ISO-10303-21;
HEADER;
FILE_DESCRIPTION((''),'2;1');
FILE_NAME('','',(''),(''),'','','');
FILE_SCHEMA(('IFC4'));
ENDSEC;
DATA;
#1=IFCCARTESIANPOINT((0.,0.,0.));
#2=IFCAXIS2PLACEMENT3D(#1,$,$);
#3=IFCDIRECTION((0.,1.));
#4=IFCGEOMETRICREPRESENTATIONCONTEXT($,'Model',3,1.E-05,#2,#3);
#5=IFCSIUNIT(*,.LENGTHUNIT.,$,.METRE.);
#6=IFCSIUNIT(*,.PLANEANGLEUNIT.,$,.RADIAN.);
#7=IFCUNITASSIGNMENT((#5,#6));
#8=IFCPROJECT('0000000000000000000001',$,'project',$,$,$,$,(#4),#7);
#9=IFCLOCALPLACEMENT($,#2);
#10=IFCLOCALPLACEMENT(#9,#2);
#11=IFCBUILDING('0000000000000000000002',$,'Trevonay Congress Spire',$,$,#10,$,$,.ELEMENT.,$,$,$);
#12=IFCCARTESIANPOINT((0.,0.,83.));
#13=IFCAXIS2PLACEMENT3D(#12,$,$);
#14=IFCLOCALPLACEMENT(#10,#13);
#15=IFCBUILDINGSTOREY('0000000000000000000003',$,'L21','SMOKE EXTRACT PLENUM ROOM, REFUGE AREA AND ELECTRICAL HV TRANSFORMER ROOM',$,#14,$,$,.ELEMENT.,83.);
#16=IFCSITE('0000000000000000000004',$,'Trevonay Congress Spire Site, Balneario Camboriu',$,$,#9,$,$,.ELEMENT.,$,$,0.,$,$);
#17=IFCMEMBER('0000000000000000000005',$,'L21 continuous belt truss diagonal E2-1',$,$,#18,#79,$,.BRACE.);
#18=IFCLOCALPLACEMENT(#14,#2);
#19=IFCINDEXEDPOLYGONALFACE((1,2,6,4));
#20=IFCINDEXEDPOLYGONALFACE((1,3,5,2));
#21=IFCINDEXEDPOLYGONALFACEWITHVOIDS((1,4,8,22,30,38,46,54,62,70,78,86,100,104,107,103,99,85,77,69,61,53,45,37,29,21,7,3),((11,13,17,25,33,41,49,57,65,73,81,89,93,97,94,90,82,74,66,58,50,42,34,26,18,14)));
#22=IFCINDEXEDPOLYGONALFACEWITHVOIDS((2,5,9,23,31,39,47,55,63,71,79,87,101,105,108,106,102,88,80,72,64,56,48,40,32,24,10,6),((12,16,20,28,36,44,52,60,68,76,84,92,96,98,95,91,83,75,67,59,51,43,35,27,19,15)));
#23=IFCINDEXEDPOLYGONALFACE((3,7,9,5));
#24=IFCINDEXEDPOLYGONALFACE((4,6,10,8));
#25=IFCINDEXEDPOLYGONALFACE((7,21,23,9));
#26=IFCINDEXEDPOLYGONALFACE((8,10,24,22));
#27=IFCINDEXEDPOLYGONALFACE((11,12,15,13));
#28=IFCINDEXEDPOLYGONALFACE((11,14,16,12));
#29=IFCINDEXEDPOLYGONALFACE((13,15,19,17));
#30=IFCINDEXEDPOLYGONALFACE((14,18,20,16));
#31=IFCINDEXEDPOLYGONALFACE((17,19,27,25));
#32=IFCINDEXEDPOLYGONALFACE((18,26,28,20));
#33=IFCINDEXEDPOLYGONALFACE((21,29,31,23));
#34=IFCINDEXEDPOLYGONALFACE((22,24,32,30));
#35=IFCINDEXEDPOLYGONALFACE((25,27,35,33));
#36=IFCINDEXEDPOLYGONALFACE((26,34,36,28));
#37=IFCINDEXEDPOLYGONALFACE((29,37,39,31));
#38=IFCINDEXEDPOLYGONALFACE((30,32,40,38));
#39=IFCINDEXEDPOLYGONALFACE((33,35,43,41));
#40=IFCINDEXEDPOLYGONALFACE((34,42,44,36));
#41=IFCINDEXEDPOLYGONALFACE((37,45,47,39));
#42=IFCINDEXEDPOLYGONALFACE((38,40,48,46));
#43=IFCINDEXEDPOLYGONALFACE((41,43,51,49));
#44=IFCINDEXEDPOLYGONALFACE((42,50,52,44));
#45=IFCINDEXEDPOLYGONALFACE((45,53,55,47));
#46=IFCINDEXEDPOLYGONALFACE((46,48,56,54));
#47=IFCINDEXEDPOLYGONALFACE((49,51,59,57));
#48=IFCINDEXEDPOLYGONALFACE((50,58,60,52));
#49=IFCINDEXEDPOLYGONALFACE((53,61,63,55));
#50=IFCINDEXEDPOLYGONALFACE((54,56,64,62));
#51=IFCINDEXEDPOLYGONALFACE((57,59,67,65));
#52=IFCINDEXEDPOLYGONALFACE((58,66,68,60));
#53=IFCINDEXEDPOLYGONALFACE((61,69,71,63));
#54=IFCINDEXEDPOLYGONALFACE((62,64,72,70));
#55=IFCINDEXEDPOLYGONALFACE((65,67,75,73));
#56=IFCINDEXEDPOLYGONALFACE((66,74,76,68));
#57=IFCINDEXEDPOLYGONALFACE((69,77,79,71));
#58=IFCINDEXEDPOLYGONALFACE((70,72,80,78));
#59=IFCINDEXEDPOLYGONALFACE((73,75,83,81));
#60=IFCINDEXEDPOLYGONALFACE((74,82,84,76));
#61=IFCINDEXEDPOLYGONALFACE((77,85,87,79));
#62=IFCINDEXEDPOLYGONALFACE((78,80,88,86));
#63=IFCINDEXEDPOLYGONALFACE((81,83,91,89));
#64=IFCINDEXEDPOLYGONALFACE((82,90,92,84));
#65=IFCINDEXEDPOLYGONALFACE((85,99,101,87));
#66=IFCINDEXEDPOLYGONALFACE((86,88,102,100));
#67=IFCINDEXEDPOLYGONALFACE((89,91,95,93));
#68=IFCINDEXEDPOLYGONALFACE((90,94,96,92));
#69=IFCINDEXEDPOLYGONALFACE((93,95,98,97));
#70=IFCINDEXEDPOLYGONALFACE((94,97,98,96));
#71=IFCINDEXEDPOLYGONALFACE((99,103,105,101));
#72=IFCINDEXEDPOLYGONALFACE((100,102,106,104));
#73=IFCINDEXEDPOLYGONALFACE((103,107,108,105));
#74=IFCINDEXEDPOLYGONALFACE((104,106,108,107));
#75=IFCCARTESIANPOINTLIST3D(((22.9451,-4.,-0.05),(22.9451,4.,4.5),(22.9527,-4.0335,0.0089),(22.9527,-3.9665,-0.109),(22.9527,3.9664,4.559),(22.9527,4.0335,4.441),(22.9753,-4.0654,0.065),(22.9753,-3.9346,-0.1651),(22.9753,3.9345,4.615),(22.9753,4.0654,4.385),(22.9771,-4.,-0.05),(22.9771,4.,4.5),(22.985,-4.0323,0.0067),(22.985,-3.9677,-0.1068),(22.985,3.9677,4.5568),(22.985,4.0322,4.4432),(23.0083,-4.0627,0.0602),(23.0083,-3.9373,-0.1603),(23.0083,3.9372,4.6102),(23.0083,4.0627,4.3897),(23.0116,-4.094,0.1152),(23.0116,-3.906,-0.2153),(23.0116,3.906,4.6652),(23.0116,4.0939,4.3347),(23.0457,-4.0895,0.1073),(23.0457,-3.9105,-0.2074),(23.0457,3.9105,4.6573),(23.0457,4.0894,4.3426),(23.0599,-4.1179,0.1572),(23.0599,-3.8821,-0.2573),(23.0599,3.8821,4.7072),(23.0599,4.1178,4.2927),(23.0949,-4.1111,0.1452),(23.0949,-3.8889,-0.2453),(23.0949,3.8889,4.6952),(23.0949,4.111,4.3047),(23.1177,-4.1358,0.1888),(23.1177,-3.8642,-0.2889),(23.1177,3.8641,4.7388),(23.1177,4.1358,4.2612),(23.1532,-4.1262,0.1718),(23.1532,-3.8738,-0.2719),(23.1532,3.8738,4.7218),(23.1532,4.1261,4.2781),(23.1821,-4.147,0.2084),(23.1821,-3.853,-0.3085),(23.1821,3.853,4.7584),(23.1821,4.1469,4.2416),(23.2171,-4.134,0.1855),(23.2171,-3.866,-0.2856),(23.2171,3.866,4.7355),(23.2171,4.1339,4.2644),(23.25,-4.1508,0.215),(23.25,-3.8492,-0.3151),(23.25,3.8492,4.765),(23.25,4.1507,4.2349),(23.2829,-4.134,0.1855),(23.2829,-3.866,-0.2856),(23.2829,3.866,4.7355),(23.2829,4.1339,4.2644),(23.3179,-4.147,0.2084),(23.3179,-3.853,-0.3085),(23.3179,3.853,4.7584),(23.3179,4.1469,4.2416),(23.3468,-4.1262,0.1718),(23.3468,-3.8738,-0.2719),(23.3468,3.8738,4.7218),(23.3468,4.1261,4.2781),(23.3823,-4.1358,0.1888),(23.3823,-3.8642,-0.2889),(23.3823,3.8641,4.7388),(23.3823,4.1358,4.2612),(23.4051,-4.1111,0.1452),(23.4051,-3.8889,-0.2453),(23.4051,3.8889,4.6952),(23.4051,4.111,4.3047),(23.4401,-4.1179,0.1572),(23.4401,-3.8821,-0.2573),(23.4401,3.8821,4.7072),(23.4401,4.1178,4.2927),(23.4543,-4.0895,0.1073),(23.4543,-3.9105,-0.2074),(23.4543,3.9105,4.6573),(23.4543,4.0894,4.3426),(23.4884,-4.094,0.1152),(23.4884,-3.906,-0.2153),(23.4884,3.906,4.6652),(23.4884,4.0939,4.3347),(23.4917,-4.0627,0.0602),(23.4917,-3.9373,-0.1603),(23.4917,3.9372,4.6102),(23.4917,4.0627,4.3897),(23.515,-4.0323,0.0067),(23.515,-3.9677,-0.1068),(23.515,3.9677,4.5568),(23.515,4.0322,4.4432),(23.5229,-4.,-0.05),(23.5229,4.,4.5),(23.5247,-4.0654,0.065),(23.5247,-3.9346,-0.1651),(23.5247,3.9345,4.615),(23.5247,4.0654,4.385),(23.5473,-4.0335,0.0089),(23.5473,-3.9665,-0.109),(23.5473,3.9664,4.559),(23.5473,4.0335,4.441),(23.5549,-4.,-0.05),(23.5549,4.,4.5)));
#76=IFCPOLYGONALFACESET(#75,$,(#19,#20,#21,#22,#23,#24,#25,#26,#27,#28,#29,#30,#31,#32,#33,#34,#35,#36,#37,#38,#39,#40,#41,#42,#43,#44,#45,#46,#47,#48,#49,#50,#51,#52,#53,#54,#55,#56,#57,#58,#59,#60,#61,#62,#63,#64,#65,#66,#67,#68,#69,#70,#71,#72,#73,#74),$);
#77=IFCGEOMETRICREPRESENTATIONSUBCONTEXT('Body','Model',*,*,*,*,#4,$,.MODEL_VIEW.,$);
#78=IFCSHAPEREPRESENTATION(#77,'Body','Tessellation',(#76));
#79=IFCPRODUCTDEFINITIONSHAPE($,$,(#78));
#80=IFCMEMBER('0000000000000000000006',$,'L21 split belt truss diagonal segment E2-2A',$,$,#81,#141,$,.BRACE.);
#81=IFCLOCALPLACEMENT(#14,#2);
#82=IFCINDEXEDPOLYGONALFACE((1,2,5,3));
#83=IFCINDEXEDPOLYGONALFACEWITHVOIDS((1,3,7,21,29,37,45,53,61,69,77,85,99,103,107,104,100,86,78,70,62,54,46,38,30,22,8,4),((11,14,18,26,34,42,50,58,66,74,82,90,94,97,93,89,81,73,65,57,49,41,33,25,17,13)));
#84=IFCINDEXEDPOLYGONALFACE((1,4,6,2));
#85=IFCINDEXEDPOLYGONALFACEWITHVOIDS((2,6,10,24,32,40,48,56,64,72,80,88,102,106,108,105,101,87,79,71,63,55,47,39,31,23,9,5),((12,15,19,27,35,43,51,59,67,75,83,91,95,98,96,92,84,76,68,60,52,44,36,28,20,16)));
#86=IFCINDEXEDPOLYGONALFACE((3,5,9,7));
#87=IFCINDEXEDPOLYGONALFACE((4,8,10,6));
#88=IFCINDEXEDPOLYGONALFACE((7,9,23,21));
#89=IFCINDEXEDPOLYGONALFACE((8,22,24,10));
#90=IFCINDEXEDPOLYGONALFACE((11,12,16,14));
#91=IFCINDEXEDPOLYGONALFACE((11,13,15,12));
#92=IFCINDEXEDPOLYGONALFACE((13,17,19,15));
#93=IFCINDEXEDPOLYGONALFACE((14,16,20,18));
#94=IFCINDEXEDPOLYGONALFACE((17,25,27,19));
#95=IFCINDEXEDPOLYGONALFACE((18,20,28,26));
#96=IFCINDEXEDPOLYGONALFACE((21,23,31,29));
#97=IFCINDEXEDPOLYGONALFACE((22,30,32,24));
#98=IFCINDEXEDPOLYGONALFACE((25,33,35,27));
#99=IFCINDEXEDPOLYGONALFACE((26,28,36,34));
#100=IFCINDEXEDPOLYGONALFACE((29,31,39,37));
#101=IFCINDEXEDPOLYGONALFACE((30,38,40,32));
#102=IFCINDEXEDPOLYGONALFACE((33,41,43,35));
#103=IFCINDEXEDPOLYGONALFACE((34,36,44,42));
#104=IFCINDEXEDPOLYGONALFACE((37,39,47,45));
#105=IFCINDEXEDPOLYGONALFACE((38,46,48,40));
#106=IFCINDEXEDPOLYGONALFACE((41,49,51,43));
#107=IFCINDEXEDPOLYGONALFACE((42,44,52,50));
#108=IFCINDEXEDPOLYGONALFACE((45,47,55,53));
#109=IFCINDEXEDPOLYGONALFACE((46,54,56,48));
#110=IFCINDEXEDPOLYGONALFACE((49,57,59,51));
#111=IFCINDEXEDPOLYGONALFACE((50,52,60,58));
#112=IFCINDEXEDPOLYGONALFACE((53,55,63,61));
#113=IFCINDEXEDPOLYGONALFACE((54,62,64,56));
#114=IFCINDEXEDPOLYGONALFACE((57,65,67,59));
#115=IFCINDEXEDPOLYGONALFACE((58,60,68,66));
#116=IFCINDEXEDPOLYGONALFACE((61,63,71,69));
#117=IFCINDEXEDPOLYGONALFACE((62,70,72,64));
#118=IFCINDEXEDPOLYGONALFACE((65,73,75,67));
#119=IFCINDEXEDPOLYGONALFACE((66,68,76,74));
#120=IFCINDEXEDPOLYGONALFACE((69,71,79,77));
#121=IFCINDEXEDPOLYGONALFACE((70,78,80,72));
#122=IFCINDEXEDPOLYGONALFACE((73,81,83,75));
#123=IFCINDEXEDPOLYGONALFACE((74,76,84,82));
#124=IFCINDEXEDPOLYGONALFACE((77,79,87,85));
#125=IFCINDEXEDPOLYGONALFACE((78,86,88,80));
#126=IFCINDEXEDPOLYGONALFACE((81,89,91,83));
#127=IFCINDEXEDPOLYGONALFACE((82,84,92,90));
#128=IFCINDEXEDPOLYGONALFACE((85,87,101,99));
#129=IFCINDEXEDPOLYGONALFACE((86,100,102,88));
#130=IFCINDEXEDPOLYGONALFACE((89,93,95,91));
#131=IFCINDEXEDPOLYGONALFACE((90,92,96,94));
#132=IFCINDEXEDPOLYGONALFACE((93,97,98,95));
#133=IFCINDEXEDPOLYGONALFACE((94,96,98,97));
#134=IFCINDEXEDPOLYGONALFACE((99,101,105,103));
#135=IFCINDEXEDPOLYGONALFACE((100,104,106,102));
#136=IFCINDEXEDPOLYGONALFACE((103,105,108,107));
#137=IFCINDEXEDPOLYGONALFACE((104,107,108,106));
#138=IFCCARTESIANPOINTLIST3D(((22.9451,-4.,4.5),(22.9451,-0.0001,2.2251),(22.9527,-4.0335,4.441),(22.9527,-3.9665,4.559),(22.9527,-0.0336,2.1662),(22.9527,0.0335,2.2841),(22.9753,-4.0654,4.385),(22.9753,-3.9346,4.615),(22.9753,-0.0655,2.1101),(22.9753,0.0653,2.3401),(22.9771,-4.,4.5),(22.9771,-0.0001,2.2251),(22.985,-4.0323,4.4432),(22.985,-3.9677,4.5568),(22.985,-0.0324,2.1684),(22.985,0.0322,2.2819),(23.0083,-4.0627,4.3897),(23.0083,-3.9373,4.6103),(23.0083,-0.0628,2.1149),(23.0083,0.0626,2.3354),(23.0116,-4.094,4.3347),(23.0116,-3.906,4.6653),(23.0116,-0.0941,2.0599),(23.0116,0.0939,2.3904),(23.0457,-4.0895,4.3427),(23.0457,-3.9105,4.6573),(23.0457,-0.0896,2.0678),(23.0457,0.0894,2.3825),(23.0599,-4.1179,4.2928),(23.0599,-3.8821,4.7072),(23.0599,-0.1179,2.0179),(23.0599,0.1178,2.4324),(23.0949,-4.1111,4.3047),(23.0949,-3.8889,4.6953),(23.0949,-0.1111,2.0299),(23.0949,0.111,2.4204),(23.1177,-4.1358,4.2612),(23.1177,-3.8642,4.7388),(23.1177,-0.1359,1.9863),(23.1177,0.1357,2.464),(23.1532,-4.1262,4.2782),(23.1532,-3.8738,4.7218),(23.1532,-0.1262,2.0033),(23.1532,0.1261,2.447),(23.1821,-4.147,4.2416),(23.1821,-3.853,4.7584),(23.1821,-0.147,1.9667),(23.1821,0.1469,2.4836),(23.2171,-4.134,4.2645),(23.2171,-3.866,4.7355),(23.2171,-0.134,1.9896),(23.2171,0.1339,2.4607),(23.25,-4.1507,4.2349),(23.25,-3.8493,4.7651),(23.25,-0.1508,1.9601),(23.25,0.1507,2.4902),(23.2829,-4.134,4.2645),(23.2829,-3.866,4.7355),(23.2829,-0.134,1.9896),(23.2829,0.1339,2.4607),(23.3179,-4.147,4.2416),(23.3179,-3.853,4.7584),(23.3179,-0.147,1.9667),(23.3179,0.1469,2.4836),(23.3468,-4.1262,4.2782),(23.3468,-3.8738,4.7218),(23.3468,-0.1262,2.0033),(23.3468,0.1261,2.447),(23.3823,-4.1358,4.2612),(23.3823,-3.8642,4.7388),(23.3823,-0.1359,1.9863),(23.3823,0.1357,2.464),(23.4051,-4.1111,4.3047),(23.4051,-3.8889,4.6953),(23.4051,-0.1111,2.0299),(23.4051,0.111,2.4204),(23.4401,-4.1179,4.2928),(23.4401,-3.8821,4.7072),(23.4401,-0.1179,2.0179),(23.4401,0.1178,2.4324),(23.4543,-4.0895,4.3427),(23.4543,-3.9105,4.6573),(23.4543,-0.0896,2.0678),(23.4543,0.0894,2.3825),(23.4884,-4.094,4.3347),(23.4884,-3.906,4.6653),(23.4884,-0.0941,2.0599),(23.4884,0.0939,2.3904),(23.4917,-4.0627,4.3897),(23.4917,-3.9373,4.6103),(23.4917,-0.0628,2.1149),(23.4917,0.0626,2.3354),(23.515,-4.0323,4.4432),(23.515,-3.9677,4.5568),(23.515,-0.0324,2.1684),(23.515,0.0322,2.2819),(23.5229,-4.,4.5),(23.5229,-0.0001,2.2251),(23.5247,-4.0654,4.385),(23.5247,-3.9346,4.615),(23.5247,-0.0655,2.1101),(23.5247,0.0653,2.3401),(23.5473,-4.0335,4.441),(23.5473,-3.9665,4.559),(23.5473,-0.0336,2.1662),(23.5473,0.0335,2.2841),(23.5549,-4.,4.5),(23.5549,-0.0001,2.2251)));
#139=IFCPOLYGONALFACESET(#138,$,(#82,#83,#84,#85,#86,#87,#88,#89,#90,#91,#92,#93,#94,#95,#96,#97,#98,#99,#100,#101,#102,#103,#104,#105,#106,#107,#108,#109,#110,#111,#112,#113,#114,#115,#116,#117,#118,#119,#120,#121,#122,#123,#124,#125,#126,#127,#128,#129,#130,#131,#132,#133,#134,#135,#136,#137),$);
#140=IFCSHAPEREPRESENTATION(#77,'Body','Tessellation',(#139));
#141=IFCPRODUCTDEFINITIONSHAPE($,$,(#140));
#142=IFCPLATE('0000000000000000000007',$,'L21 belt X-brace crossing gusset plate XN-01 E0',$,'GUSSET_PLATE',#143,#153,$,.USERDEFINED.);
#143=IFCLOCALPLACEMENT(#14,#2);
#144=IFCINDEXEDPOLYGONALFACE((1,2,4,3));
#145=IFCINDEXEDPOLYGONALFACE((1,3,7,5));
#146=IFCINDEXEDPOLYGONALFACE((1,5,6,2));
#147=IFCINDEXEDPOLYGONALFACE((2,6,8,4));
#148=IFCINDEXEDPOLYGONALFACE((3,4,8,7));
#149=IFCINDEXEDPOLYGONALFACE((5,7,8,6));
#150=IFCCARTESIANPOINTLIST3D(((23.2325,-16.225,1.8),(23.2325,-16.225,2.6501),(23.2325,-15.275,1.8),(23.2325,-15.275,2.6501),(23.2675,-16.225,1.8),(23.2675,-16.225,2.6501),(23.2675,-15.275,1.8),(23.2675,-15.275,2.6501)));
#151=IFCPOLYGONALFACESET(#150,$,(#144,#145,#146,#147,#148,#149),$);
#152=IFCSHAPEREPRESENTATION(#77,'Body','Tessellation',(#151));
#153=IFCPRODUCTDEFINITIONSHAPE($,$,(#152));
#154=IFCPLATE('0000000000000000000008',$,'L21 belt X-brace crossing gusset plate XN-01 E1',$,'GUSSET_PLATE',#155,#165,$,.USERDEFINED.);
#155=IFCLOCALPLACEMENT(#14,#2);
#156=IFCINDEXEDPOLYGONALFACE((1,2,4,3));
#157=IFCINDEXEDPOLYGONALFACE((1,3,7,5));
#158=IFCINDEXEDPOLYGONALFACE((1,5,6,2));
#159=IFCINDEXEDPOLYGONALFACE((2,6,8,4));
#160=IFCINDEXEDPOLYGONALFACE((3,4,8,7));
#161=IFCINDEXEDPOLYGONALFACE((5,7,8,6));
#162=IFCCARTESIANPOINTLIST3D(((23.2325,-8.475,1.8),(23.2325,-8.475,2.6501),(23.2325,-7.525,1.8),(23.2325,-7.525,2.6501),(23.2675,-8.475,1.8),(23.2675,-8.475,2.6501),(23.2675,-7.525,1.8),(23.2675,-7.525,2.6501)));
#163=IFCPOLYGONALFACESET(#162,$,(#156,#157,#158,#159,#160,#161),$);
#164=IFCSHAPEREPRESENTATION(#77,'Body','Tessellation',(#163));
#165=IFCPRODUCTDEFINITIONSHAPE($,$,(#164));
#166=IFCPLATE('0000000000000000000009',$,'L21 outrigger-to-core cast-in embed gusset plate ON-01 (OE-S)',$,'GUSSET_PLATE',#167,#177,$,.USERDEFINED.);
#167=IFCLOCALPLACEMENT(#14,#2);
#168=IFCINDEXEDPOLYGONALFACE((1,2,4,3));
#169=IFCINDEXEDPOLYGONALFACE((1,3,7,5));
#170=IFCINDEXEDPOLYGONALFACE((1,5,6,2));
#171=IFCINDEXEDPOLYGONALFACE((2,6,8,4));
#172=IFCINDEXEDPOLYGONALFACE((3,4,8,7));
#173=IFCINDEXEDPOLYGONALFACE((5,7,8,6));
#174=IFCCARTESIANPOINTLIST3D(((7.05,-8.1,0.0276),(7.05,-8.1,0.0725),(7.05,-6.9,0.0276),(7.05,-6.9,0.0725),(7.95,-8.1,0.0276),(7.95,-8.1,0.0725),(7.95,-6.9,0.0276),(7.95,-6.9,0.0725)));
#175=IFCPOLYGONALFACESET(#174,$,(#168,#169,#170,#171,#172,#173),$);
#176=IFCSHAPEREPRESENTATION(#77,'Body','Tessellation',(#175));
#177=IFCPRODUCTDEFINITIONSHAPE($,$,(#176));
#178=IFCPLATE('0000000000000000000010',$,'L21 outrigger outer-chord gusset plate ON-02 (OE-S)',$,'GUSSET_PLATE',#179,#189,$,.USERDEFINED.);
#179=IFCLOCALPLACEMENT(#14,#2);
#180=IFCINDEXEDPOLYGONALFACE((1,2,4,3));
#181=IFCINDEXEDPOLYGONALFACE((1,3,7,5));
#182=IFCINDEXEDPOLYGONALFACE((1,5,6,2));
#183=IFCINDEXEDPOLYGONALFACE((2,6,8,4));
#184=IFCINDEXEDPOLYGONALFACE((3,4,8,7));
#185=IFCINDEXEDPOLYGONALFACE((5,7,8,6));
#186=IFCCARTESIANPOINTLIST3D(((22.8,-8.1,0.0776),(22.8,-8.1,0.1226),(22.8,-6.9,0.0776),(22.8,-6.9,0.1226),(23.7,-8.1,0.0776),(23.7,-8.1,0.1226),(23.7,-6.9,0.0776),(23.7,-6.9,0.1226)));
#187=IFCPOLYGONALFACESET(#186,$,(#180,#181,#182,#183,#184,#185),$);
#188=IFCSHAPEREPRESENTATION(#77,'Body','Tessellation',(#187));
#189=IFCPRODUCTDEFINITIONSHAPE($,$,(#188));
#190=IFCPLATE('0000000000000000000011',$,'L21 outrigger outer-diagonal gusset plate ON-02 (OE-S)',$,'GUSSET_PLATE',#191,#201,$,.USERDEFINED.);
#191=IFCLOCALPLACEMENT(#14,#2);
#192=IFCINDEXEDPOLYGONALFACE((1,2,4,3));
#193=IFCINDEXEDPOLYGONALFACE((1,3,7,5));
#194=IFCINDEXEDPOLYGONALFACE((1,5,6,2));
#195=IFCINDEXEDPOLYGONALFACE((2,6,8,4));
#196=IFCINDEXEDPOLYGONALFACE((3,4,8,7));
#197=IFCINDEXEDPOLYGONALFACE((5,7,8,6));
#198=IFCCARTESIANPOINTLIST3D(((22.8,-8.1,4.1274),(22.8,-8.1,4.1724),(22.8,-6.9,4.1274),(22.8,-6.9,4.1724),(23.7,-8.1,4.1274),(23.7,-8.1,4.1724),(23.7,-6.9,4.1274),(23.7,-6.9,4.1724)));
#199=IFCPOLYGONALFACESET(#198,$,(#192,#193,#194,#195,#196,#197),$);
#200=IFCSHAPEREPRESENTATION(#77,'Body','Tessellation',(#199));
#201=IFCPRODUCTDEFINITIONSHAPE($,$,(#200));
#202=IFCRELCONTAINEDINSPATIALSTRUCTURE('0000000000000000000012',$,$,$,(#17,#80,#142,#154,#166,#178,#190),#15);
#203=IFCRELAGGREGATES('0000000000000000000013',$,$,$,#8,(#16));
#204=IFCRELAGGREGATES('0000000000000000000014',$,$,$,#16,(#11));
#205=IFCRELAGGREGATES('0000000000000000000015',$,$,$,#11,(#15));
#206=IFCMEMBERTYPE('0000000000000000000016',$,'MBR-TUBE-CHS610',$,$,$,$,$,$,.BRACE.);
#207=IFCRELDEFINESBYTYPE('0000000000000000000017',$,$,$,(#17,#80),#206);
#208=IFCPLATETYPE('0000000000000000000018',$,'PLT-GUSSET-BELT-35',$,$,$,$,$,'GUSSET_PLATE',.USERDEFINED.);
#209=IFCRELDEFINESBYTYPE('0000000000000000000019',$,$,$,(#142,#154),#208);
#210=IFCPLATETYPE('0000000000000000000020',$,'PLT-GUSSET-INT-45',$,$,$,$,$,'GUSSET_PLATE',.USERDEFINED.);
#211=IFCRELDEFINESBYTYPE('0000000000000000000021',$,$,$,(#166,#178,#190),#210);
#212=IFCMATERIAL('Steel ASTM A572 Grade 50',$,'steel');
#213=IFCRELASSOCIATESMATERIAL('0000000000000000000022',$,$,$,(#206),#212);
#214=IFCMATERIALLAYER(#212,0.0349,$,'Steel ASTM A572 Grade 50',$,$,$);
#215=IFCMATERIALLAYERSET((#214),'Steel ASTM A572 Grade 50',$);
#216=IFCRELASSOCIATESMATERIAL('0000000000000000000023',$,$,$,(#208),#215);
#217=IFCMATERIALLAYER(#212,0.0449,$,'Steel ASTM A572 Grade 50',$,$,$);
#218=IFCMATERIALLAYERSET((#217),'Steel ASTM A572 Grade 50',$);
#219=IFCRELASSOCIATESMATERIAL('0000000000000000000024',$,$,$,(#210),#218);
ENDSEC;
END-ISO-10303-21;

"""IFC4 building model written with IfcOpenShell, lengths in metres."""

from ifc_helpers import new_model, si_unit, direction, frame, origin, origin_2d, place, context, subcontext, project, spatial, rectangle, hollow_circle, extrude, material, layer, layer_set, material_profile, profile_set, type_object, element, save


model = new_model("IFC4")

# Units and contexts
model_context = context("Model", 3, precision=1e-05, world=origin(), true_north=direction((0.0, 1.0)))
body_context = subcontext(model_context, "Body", "Model", "MODEL_VIEW")
ifc_project = project(units=[si_unit("LENGTHUNIT", "METRE"), si_unit("PLANEANGLEUNIT", "RADIAN")], contexts=[model_context])

# Site, building, storey
site_placement = place(None, origin())
site = spatial("IfcSite", under=ifc_project, at=site_placement, Name="Trevonay Congress Spire Site, Balneario Camboriu", CompositionType="ELEMENT", RefElevation=0.0)
building_placement = place(site_placement, origin())
building = spatial("IfcBuilding", under=site, at=building_placement, Name="Trevonay Congress Spire", CompositionType="ELEMENT")
storey_placement = place(building_placement, frame((0.0, 0.0, 83.0)))
storey = spatial("IfcBuildingStorey", under=building, at=storey_placement, Name="L21", Description="SMOKE EXTRACT PLENUM ROOM, REFUGE AREA AND ELECTRICAL HV TRANSFORMER ROOM", CompositionType="ELEMENT", Elevation=83.0)

# Shared definitions
ifc_material_1 = material(Name="Steel ASTM A572 Grade 50", Category="steel")

# Members
ifc_material_profile_1 = material_profile(ifc_material_1, hollow_circle(Radius=0.3049, WallThickness=0.032, at=origin_2d()), Name="CHS 610x32")
ifc_profile_set_1 = profile_set([ifc_material_profile_1], Name="Steel ASTM A572 Grade 50")
member_type_1 = type_object("IfcMemberType", Name="MBR-TUBE-CHS610", PredefinedType="BRACE", material=ifc_profile_set_1)
member_1_placement = place(storey_placement, frame((23.25, -4.0, -0.05), z_axis=(0.0, 0.869242, 0.494387), x_axis=(-1.0, 0.0, 0.0)))
element("IfcMember", 1, at=member_1_placement, inside=storey, type_object=member_type_1, Name="L21 continuous belt truss diagonal E2-1", PredefinedType="BRACE", context=body_context, shape_type="SweptSolid", body=[
    extrude(hollow_circle(Radius=0.3049, WallThickness=0.032, at=origin_2d()), origin(), (0.0, 0.0, 1.0), 9.2034),
])
member_2_placement = place(storey_placement, frame((23.25, -4.0, 4.5), z_axis=(0.0, 0.869253, -0.494367), x_axis=(-1.0, 0.0, 0.0)))
element("IfcMember", 2, at=member_2_placement, inside=storey, type_object=member_type_1, Name="L21 split belt truss diagonal segment E2-2A", PredefinedType="BRACE", context=body_context, shape_type="SweptSolid", body=[
    extrude(hollow_circle(Radius=0.3049, WallThickness=0.032, at=origin_2d()), origin(), (0.0, 0.0, 1.0), 4.6016),
])

# Plates
ifc_layer_1 = layer(ifc_material_1, 0.0349, Name="Steel ASTM A572 Grade 50")
ifc_layer_set_1 = layer_set([ifc_layer_1], Name="Steel ASTM A572 Grade 50")
plate_type_1 = type_object("IfcPlateType", Name="PLT-GUSSET-BELT-35", ElementType="GUSSET_PLATE", PredefinedType="USERDEFINED", material=ifc_layer_set_1)
for number, where, z_axis, x_axis, name in (
    (3, (23.25, -15.75, 1.8), (0.0, 0.0, 1.0), (1.0, 0.0, 0.0), "L21 belt X-brace crossing gusset plate XN-01 E0"),
    (4, (23.25, -8.0, 1.8), (0.0, 0.0, 1.0), (1.0, 0.0, 0.0), "L21 belt X-brace crossing gusset plate XN-01 E1"),
):
    element("IfcPlate", number, at=place(storey_placement, frame(where, z_axis=z_axis, x_axis=x_axis)), inside=storey, type_object=plate_type_1, Name=name, ObjectType="GUSSET_PLATE", PredefinedType="USERDEFINED", context=body_context, shape_type="SweptSolid", body=[
        extrude(rectangle(XDim=0.0349, YDim=0.95, at=origin_2d()), origin(), (0.0, 0.0, 1.0), 0.8501),
    ])
ifc_layer_2 = layer(ifc_material_1, 0.0449, Name="Steel ASTM A572 Grade 50")
ifc_layer_set_2 = layer_set([ifc_layer_2], Name="Steel ASTM A572 Grade 50")
plate_type_2 = type_object("IfcPlateType", Name="PLT-GUSSET-INT-45", ElementType="GUSSET_PLATE", PredefinedType="USERDEFINED", material=ifc_layer_set_2)
for number, where, z_axis, x_axis, name in (
    (5, (7.5, -7.5, 0.0276), (0.0, 0.0, 1.0), (0.0, 1.0, 0.0), "L21 outrigger-to-core cast-in embed gusset plate ON-01 (OE-S)"),
    (6, (23.25, -7.5, 0.0776), (0.0, 0.0, 1.0), (0.0, 1.0, 0.0), "L21 outrigger outer-chord gusset plate ON-02 (OE-S)"),
    (7, (23.25, -7.5, 4.1274), (0.0, 0.0, 1.0), (0.0, 1.0, 0.0), "L21 outrigger outer-diagonal gusset plate ON-02 (OE-S)"),
):
    element("IfcPlate", number, at=place(storey_placement, frame(where, z_axis=z_axis, x_axis=x_axis)), inside=storey, type_object=plate_type_2, Name=name, ObjectType="GUSSET_PLATE", PredefinedType="USERDEFINED", context=body_context, shape_type="SweptSolid", body=[
        extrude(rectangle(XDim=1.2, YDim=0.8999, at=origin_2d()), origin(), (0.0, 0.0, 1.0), 0.0449),
    ])

save(model, "model.ifc")
